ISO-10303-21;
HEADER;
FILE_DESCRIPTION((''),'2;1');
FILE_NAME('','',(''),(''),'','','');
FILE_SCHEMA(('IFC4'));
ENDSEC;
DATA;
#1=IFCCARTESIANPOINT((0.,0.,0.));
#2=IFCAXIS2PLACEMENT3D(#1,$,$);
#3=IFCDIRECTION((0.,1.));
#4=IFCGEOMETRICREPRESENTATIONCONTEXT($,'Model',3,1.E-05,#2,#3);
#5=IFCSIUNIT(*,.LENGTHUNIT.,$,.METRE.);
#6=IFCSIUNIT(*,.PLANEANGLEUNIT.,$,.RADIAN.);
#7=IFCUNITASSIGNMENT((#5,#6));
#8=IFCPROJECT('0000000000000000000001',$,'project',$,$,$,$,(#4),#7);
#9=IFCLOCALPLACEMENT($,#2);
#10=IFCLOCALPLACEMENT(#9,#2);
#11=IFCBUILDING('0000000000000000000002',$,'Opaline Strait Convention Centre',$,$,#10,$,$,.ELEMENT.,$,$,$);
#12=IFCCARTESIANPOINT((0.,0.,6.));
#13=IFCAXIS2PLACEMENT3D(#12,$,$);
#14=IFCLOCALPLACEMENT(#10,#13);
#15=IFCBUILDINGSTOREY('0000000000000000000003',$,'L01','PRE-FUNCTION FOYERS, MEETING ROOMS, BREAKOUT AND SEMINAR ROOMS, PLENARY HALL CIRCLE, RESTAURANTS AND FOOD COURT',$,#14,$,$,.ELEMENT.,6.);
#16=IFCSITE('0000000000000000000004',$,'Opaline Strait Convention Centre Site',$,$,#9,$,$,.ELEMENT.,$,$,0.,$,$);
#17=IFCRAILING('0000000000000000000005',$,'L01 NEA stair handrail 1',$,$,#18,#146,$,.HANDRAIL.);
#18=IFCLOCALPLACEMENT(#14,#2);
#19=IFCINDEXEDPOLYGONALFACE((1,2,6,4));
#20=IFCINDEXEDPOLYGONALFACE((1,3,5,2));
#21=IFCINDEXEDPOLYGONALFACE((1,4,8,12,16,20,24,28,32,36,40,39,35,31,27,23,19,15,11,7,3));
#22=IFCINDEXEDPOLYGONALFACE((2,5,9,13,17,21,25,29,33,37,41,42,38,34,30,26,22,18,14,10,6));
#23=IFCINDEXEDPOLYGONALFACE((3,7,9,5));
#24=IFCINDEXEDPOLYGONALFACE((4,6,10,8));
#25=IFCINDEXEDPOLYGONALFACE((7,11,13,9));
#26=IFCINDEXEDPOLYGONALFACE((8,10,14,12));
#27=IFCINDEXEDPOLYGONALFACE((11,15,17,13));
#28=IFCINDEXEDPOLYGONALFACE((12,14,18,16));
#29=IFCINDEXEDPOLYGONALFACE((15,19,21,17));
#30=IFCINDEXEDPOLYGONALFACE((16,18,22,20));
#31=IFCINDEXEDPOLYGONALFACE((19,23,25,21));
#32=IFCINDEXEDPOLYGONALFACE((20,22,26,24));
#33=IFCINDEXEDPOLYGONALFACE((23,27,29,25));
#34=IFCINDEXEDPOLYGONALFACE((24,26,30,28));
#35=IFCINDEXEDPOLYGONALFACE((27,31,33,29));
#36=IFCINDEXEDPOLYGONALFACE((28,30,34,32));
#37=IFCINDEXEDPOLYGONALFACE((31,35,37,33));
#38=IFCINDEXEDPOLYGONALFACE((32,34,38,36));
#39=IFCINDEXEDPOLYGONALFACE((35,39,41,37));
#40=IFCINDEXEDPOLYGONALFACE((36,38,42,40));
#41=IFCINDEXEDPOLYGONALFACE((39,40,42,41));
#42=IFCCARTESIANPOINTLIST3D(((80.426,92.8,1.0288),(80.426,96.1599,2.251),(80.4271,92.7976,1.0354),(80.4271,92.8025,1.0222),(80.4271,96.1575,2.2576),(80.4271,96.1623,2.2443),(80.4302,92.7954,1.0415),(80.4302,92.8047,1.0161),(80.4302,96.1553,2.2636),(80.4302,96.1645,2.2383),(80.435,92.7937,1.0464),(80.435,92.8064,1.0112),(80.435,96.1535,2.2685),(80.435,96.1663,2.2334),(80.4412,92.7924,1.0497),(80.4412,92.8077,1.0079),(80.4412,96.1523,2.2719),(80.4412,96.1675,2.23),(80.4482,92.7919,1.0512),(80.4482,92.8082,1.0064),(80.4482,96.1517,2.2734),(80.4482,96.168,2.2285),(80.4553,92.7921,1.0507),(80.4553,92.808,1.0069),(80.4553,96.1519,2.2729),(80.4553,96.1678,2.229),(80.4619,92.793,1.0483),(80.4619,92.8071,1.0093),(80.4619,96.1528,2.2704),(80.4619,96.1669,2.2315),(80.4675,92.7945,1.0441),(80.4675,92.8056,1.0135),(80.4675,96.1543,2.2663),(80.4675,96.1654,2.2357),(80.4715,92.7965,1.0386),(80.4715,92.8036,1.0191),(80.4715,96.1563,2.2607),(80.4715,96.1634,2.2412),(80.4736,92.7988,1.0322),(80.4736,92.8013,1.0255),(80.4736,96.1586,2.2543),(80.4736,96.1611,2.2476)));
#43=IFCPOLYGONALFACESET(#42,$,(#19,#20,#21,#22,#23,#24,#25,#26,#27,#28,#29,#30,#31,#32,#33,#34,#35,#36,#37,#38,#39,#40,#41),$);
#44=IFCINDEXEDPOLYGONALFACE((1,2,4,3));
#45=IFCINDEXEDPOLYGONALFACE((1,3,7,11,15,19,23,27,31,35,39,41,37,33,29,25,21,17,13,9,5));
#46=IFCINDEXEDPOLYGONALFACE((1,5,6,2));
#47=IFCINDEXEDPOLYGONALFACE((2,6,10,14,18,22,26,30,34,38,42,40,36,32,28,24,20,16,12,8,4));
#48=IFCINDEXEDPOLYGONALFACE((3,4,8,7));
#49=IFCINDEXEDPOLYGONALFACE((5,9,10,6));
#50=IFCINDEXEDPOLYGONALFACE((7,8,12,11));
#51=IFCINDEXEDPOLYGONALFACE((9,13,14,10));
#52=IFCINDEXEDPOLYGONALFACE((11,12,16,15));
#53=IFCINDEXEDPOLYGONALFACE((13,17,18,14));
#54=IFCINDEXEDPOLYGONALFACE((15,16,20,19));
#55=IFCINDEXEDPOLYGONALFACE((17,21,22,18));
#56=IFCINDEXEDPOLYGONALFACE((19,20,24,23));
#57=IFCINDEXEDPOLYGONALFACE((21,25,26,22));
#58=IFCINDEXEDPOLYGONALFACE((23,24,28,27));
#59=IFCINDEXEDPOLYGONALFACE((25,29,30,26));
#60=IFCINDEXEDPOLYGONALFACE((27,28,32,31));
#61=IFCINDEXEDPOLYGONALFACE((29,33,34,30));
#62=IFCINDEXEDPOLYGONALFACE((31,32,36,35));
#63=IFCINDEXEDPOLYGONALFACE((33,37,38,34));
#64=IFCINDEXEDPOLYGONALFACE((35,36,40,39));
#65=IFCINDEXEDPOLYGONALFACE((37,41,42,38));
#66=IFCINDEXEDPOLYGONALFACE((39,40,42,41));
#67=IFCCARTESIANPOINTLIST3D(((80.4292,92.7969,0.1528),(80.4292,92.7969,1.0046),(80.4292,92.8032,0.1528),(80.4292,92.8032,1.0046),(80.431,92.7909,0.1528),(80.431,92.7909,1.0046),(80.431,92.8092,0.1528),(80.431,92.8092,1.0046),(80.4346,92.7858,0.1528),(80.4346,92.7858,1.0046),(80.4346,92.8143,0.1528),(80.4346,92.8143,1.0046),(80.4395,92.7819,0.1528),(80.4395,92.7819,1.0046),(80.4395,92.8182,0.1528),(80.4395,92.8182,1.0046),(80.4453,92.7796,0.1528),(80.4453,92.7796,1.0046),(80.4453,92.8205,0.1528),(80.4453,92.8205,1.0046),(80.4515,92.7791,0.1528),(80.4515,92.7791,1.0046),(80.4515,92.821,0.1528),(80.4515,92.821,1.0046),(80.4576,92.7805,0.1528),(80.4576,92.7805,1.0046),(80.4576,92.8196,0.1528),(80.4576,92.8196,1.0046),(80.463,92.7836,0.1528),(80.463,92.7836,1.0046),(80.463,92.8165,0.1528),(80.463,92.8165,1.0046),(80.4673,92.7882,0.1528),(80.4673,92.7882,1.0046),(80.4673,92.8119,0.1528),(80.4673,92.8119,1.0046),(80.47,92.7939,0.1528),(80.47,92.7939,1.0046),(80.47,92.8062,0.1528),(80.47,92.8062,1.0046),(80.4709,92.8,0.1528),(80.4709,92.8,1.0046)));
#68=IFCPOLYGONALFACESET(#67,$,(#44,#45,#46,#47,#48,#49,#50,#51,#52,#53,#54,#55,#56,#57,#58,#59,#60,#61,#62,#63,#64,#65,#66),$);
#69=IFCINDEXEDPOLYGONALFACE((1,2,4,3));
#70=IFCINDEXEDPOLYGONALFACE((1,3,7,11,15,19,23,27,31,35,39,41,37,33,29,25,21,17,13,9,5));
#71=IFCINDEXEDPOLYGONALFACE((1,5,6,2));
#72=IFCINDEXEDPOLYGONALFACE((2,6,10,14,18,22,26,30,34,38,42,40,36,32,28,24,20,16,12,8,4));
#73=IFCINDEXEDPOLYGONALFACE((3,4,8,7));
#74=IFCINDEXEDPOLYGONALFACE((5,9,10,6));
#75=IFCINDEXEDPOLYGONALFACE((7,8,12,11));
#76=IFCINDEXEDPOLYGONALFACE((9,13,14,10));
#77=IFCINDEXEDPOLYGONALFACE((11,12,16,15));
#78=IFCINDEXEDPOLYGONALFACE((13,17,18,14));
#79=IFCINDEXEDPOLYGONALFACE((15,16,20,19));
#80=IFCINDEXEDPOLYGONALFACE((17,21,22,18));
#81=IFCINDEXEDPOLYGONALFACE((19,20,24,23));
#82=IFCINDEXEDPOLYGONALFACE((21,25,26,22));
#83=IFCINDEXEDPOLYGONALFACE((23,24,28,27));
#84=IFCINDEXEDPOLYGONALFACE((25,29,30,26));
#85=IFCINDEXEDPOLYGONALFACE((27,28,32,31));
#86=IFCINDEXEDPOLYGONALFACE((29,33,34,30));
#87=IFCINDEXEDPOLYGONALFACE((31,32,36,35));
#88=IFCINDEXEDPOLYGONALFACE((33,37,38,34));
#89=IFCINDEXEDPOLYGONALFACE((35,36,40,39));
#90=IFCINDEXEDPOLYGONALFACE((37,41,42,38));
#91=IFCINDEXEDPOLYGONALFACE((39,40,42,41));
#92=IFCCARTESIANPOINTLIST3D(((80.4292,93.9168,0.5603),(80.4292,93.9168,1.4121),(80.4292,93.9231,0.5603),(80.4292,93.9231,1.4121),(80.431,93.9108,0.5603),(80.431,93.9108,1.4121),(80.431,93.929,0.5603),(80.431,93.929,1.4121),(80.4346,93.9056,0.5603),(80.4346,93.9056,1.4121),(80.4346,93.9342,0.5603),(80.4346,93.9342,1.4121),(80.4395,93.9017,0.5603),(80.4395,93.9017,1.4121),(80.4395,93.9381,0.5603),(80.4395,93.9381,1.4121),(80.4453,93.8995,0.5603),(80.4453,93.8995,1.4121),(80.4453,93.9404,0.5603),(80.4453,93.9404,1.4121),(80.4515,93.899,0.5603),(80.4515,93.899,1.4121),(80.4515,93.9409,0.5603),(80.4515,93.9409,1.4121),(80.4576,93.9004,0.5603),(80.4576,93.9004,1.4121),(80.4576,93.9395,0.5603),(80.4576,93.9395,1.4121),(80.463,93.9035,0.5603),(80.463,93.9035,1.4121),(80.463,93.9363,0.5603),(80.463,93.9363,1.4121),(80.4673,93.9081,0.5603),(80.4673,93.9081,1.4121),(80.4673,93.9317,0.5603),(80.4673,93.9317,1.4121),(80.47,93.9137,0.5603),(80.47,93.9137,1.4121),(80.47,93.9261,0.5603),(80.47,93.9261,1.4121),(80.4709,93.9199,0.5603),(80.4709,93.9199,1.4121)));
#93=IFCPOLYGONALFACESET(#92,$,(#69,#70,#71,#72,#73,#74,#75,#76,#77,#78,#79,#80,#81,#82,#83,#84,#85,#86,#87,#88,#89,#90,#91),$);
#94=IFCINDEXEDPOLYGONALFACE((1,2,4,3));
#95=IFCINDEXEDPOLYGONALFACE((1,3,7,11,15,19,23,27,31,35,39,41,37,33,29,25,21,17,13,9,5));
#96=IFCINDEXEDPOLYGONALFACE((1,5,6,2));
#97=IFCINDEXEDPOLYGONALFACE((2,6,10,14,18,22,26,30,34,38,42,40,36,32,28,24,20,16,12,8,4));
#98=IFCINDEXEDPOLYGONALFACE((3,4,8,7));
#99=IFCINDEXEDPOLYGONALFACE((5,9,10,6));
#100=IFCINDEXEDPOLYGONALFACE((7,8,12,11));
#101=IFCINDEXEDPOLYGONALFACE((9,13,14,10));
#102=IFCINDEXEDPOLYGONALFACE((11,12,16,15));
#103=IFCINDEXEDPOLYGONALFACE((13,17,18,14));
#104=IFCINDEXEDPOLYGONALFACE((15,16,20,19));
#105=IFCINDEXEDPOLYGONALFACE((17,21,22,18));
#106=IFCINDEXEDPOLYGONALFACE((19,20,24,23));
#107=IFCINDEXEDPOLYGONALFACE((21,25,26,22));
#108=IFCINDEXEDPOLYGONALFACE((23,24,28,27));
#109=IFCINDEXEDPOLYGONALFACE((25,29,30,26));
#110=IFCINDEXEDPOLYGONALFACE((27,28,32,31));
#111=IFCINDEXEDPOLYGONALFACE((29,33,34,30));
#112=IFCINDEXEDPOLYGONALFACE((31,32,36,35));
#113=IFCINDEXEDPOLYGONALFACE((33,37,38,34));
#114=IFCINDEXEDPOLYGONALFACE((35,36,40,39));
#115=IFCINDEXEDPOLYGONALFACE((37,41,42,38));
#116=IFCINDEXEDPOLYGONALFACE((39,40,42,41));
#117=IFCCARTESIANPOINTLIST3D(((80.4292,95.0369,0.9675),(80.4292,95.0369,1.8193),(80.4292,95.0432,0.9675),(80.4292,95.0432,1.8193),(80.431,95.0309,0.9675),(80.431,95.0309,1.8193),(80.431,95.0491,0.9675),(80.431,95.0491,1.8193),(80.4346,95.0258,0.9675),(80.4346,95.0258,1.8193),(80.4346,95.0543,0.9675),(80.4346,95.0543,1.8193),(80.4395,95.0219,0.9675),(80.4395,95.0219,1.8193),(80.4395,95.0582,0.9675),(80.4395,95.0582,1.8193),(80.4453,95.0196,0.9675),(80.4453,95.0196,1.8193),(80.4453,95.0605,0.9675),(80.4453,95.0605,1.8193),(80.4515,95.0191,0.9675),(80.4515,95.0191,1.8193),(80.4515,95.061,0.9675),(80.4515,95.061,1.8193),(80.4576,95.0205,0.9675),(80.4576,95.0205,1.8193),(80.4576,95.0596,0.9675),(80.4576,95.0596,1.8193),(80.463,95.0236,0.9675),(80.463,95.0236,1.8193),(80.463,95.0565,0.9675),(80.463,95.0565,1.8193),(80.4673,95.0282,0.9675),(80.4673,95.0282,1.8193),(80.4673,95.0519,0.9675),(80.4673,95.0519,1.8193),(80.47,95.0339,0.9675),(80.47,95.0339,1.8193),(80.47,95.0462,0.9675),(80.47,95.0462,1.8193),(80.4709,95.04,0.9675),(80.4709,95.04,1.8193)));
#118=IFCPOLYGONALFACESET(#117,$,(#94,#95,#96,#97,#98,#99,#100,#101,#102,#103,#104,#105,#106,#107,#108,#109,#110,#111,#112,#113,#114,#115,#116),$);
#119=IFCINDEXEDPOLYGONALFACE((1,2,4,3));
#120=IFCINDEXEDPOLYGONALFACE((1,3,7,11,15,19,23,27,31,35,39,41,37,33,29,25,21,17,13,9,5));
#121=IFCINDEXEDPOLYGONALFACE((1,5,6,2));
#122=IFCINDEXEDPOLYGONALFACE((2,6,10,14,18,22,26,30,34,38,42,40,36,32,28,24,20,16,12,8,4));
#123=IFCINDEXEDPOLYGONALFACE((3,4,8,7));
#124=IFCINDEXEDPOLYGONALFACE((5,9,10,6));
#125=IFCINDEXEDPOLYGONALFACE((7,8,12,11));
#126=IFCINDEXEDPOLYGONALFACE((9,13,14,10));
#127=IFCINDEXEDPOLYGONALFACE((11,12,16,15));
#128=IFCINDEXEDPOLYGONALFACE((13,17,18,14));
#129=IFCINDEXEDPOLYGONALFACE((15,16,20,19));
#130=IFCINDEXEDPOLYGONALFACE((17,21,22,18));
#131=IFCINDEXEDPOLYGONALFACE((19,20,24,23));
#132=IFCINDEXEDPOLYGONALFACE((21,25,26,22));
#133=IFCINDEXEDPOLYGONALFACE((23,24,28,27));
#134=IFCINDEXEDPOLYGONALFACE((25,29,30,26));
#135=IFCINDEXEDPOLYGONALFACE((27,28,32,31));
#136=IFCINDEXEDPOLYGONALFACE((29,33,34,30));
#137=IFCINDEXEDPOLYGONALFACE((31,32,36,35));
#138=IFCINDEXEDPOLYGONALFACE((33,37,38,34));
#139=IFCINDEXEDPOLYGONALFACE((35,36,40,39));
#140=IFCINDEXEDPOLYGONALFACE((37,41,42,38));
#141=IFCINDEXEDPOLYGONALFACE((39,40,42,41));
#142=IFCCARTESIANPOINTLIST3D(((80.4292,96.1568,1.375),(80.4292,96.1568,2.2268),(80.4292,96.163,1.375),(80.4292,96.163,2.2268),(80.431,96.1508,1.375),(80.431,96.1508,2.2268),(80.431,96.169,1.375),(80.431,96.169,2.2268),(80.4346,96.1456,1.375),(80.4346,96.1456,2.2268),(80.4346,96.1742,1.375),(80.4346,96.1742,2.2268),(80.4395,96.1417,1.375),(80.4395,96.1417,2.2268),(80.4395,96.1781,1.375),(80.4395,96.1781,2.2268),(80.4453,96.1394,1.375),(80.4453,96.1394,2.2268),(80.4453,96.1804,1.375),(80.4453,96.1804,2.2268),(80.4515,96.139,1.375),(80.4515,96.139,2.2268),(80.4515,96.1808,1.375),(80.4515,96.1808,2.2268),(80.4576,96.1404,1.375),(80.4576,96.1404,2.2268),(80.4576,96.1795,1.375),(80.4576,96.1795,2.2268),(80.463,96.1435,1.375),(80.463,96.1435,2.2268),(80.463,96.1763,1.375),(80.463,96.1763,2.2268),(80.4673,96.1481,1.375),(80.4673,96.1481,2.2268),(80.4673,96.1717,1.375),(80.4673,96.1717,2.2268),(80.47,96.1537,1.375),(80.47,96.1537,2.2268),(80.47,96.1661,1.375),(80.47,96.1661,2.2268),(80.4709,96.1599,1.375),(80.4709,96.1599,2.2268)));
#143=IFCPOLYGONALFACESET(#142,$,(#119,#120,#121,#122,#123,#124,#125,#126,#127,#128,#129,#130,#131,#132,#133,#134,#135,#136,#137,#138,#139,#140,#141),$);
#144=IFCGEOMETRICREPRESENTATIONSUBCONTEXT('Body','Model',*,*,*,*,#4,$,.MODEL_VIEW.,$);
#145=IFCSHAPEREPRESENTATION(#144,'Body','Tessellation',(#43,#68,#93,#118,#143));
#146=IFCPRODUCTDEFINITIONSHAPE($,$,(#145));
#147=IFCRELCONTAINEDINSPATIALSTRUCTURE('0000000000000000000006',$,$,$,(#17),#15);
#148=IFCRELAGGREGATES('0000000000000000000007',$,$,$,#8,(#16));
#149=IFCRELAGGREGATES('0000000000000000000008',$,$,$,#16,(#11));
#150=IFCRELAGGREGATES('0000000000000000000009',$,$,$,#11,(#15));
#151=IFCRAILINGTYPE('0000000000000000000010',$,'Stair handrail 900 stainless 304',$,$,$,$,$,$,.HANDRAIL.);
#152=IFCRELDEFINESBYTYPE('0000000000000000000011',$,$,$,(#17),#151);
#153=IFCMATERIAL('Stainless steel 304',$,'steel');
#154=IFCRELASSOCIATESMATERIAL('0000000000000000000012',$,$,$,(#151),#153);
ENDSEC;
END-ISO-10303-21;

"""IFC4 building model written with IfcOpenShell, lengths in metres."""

from ifc_helpers import new_model, si_unit, direction, frame, origin, origin_2d, place, context, subcontext, project, spatial, circle, extrude, material, type_object, element, save


model = new_model("IFC4")

# Units and contexts
model_context = context("Model", 3, precision=1e-05, world=origin(), true_north=direction((0.0, 1.0)))
body_context = subcontext(model_context, "Body", "Model", "MODEL_VIEW")
ifc_project = project(units=[si_unit("LENGTHUNIT", "METRE"), si_unit("PLANEANGLEUNIT", "RADIAN")], contexts=[model_context])

# Site, building, storey
site_placement = place(None, origin())
site = spatial("IfcSite", under=ifc_project, at=site_placement, Name="Opaline Strait Convention Centre Site", CompositionType="ELEMENT", RefElevation=0.0)
building_placement = place(site_placement, origin())
building = spatial("IfcBuilding", under=site, at=building_placement, Name="Opaline Strait Convention Centre", CompositionType="ELEMENT")
storey_placement = place(building_placement, frame((0.0, 0.0, 6.0)))
storey = spatial("IfcBuildingStorey", under=building, at=storey_placement, Name="L01", Description="PRE-FUNCTION FOYERS, MEETING ROOMS, BREAKOUT AND SEMINAR ROOMS, PLENARY HALL CIRCLE, RESTAURANTS AND FOOD COURT", CompositionType="ELEMENT", Elevation=6.0)

# Railing
ifc_material_1 = material(Name="Stainless steel 304", Category="steel")
railing_type_1 = type_object("IfcRailingType", Name="Stair handrail 900 stainless 304", PredefinedType="HANDRAIL", material=ifc_material_1)
for number, where, name in (
    (1, (80.45, 92.8, 0.1528), "L01 NEA stair handrail 1"),
):
    element("IfcRailing", number, at=place(storey_placement, frame(where)), inside=storey, type_object=railing_type_1, Name=name, PredefinedType="HANDRAIL", context=body_context, shape_type="SweptSolid", body=[
        extrude(circle(Radius=0.0239, at=origin_2d()), frame((0.0, 0.0, 0.876), z_axis=(0.0, 0.939758, 0.341842), x_axis=(-1.0, 0.0, 0.0)), (0.0, 0.0, 1.0), 3.5752),
        extrude(circle(Radius=0.021, at=origin_2d()), origin(), (0.0, 0.0, 1.0), 0.8518),
        extrude(circle(Radius=0.021, at=origin_2d()), frame((0.0, 1.1199, 0.4075)), (0.0, 0.0, 1.0), 0.8518),
        extrude(circle(Radius=0.021, at=origin_2d()), frame((0.0, 2.24, 0.8147)), (0.0, 0.0, 1.0), 0.8518),
        extrude(circle(Radius=0.021, at=origin_2d()), frame((0.0, 3.3599, 1.2222)), (0.0, 0.0, 1.0), 0.8518),
    ])

save(model, "model.ifc")
